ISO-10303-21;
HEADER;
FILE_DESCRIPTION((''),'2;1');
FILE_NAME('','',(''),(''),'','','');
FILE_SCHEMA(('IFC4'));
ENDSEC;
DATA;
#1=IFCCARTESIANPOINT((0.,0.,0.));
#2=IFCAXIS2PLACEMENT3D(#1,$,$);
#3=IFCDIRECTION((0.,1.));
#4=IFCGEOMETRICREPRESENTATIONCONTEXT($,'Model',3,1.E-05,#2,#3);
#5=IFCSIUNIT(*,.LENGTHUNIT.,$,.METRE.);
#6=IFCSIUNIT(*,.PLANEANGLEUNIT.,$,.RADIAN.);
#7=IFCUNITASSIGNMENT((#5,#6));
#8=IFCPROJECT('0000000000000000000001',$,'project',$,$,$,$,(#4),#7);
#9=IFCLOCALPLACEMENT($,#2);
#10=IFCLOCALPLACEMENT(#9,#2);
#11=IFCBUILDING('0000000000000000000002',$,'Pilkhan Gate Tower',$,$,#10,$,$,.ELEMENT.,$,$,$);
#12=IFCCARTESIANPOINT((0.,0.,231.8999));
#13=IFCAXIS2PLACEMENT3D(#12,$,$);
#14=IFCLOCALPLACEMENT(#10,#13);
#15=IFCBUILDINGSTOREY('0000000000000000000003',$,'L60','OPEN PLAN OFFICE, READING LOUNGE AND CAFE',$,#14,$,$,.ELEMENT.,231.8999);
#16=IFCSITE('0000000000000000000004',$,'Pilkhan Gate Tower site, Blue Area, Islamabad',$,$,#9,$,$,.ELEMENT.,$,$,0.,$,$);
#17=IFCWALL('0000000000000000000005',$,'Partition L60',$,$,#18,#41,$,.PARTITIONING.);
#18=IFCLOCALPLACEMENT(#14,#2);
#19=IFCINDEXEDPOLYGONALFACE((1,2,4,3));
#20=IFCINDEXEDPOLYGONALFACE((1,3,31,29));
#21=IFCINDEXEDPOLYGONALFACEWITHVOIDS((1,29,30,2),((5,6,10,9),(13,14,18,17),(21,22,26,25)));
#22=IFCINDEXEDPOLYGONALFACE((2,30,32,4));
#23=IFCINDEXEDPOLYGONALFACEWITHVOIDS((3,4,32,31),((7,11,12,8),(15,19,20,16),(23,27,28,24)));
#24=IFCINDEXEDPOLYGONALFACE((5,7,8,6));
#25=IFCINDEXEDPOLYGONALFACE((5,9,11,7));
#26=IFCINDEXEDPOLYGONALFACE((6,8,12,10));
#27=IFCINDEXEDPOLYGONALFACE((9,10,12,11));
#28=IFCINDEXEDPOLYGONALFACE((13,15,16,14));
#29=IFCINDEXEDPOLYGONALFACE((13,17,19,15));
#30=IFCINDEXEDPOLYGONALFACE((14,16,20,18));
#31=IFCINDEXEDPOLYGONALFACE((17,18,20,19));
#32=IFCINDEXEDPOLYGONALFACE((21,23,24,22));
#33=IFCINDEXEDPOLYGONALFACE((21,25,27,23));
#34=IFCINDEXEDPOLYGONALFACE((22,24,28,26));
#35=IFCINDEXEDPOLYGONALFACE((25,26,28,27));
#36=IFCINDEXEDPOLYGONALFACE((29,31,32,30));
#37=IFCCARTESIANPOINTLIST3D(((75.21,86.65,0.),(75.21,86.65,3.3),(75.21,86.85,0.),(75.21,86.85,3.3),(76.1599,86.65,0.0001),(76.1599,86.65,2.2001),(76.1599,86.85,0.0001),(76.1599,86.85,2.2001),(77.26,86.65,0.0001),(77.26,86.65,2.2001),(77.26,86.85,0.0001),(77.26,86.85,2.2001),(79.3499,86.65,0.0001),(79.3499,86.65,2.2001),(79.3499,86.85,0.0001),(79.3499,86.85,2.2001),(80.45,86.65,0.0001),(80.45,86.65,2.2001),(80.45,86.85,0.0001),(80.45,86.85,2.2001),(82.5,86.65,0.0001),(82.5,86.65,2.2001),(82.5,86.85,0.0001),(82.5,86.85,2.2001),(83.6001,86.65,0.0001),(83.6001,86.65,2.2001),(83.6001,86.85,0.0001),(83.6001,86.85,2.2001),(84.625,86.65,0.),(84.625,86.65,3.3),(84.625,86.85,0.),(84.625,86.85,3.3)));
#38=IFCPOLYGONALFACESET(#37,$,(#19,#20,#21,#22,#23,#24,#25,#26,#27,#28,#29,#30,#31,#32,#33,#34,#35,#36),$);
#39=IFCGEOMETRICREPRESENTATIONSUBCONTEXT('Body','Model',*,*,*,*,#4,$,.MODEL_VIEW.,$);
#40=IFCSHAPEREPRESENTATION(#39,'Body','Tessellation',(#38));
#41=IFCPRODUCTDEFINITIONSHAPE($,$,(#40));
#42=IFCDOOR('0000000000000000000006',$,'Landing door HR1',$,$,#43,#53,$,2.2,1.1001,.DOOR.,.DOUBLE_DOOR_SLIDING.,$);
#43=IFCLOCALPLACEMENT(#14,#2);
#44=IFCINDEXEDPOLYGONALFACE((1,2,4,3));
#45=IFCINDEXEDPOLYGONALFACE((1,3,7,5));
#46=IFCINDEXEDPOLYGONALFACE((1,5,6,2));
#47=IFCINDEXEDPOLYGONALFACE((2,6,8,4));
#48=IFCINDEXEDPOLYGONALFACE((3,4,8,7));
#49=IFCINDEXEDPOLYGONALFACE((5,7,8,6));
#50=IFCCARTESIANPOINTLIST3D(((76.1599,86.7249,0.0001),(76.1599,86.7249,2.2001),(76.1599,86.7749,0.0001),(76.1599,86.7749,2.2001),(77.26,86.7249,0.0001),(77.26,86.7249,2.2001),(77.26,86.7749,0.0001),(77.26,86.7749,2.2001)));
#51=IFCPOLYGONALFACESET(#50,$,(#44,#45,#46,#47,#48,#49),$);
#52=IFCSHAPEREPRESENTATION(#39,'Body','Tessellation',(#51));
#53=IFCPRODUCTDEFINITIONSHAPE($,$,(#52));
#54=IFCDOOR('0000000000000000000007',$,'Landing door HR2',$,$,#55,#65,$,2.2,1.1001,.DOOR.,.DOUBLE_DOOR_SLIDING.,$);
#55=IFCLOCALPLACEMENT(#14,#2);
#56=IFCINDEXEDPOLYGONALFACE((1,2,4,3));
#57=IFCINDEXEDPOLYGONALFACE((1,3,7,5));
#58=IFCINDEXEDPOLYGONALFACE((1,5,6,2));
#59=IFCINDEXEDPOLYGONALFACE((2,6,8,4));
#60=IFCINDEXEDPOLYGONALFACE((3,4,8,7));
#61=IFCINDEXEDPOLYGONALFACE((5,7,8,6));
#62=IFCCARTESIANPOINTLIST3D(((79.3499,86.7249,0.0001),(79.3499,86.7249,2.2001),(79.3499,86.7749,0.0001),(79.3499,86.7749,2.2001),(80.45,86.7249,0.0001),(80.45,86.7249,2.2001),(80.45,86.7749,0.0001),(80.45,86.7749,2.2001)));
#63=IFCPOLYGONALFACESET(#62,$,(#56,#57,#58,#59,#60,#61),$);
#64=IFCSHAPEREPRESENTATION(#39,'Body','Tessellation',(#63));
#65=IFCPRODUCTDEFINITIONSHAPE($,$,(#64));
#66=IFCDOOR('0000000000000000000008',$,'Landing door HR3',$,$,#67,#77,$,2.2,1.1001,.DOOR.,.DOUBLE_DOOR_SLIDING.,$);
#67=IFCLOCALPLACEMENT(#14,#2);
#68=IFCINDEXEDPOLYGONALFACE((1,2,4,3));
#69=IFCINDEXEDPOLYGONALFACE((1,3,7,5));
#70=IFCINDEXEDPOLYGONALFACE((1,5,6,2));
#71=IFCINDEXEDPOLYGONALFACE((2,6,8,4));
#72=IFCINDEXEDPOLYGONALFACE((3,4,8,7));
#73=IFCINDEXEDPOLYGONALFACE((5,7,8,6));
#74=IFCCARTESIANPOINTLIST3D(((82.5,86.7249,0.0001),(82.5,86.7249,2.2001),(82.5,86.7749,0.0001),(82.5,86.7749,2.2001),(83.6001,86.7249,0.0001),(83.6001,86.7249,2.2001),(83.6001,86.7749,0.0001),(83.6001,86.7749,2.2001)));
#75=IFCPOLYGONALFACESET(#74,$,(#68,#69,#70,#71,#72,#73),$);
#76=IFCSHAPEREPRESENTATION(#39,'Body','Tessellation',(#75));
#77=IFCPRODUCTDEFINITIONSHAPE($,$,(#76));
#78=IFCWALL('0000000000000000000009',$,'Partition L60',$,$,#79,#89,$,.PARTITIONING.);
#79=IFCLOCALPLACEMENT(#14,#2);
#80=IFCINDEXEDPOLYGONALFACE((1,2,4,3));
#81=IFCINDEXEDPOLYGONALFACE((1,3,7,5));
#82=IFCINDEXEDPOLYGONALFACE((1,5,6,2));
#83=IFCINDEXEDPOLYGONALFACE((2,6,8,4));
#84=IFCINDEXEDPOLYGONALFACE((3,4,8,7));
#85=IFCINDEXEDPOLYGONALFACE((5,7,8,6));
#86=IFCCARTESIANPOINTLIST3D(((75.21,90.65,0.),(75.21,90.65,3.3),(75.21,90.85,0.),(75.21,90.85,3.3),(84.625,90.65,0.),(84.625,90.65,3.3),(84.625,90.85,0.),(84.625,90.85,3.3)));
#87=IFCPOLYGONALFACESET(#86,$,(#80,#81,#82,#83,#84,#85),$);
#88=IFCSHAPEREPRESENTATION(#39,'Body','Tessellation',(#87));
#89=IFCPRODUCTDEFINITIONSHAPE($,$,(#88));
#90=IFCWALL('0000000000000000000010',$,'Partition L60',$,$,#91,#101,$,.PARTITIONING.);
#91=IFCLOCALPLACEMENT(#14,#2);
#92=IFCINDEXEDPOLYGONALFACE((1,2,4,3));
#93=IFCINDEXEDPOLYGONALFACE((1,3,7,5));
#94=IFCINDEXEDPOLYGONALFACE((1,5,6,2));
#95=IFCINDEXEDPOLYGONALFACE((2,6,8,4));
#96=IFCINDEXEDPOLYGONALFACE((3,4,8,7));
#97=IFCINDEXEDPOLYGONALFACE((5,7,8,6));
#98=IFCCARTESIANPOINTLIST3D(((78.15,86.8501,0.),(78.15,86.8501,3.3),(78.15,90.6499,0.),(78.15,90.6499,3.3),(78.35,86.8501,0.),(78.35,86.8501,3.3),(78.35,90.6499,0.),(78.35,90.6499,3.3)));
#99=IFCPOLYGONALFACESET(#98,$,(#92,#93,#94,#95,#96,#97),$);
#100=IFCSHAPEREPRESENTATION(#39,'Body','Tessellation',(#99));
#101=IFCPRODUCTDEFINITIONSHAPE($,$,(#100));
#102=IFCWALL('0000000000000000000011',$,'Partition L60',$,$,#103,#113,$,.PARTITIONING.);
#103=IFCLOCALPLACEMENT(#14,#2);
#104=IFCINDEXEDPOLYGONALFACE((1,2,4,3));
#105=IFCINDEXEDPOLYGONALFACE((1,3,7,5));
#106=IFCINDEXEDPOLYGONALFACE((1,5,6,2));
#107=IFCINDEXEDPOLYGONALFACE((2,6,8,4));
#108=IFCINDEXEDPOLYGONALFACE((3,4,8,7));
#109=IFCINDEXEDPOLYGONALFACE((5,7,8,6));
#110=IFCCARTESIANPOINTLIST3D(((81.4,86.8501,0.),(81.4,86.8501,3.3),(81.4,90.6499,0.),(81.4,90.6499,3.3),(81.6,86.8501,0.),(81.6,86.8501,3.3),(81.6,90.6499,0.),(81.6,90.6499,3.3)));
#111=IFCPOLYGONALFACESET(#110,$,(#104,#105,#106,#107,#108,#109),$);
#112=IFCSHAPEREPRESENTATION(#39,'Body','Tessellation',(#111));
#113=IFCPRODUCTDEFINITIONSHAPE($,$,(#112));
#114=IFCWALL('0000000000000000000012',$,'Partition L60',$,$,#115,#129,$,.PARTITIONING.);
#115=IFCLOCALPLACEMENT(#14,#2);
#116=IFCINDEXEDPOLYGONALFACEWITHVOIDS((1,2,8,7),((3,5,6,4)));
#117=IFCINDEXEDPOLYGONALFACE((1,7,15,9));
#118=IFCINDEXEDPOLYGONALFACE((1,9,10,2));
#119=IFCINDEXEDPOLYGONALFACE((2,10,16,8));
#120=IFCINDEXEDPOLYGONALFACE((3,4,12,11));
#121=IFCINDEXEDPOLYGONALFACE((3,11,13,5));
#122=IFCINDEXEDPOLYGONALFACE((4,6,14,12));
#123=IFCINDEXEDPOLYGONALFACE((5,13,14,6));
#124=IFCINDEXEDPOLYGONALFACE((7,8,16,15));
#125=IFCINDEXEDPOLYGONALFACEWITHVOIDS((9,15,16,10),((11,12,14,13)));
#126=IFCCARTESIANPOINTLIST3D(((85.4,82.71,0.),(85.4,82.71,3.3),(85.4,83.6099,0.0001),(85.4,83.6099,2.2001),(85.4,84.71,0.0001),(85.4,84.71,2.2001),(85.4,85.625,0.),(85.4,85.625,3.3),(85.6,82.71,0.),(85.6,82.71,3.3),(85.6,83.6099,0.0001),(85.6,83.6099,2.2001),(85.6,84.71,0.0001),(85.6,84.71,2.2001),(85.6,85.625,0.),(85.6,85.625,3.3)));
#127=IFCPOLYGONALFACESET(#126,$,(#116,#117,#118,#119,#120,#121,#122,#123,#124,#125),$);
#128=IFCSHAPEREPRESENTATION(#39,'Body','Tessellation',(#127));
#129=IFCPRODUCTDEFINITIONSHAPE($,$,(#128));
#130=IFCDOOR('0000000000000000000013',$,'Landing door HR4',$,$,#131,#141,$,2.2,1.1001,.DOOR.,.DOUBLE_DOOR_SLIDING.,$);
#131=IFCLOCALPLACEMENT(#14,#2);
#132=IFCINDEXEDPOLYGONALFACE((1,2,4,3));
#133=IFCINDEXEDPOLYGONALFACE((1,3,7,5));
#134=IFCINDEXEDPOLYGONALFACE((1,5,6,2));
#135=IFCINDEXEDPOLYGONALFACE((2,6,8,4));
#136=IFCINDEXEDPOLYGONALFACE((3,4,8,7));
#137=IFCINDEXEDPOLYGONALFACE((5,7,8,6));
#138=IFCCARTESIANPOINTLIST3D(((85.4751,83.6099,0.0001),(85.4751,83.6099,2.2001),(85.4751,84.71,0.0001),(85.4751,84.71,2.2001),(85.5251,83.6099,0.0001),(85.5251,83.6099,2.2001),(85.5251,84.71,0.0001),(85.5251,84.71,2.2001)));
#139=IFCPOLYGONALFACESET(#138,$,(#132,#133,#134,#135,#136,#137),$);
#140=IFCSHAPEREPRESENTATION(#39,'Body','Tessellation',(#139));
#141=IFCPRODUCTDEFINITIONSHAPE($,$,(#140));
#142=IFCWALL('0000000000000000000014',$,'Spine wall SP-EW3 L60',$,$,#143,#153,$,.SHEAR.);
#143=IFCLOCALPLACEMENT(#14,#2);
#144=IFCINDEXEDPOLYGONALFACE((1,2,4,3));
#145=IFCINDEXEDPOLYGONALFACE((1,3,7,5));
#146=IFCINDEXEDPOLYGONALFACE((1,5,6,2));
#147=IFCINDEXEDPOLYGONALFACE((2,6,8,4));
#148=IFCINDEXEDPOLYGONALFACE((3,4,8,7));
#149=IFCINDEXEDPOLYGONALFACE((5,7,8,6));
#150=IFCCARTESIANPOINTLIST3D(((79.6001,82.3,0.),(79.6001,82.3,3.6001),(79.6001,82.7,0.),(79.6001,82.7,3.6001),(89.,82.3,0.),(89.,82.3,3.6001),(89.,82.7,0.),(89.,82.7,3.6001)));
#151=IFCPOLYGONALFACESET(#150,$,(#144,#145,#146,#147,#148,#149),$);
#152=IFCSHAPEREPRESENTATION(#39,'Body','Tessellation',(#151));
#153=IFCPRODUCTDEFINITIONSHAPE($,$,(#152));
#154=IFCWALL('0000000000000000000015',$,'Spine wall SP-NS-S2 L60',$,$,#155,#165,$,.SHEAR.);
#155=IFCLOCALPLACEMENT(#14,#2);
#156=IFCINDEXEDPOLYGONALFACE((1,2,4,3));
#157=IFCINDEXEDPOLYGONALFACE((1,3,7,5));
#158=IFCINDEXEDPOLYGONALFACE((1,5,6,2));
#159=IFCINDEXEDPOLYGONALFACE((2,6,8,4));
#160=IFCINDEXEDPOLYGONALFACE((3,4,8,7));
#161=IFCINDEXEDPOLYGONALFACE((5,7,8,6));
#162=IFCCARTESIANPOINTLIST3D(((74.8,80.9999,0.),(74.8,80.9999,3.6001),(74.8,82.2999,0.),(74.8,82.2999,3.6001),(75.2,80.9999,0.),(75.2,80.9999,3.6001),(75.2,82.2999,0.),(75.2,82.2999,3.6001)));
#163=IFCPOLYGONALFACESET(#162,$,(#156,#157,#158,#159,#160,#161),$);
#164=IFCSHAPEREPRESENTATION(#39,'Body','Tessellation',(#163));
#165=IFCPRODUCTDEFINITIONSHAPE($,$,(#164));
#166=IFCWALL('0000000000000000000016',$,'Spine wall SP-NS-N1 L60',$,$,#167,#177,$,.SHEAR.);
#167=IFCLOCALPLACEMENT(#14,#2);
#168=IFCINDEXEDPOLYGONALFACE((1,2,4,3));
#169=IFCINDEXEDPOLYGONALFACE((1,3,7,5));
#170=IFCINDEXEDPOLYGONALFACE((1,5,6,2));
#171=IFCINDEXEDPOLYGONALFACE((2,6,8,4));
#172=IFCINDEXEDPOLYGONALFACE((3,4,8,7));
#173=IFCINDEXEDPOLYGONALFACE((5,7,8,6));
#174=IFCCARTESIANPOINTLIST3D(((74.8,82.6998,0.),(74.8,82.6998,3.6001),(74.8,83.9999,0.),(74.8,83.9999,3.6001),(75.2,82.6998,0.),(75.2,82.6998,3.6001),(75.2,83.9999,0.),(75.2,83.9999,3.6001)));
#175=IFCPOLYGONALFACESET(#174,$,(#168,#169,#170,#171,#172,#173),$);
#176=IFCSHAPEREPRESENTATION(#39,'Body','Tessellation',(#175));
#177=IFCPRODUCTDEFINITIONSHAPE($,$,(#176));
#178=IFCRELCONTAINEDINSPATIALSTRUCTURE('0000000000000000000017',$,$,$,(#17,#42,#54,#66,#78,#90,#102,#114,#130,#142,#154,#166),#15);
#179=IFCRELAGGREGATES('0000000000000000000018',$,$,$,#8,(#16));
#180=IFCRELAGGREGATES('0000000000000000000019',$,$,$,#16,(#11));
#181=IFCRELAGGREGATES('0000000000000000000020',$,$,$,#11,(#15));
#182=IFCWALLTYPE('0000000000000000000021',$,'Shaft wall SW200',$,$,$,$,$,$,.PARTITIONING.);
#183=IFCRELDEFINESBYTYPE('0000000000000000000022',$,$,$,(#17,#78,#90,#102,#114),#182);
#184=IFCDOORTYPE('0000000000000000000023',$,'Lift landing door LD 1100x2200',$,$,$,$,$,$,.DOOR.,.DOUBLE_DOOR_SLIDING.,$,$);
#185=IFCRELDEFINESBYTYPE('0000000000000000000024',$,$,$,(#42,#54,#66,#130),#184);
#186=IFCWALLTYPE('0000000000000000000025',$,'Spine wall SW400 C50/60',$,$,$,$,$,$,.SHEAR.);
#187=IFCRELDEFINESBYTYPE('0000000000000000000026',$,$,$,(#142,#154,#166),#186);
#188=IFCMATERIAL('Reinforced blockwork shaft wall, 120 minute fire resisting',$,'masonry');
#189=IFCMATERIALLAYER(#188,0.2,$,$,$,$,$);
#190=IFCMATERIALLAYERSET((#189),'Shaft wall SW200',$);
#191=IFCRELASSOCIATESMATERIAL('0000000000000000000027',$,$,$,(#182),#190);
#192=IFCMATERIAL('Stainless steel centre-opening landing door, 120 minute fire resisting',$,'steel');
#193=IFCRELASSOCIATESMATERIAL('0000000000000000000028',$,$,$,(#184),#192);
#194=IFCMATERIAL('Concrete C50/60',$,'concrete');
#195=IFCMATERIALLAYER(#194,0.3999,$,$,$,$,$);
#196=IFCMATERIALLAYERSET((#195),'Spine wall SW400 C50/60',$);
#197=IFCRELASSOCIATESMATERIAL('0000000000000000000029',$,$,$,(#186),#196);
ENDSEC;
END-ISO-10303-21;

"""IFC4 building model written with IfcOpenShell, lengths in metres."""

from ifc_helpers import new_model, si_unit, direction, frame, frame_2d, origin, place, context, subcontext, project, spatial, rectangle, extrude, material, layer, layer_set, type_object, element, fill, save


model = new_model("IFC4")

# Units and contexts
model_context = context("Model", 3, precision=1e-05, world=origin(), true_north=direction((0.0, 1.0)))
body_context = subcontext(model_context, "Body", "Model", "MODEL_VIEW")
ifc_project = project(units=[si_unit("LENGTHUNIT", "METRE"), si_unit("PLANEANGLEUNIT", "RADIAN")], contexts=[model_context])

# Site, building, storey
site_placement = place(None, origin())
site = spatial("IfcSite", under=ifc_project, at=site_placement, Name="Pilkhan Gate Tower site, Blue Area, Islamabad", CompositionType="ELEMENT", RefElevation=0.0)
building_placement = place(site_placement, origin())
building = spatial("IfcBuilding", under=site, at=building_placement, Name="Pilkhan Gate Tower", CompositionType="ELEMENT")
storey_placement = place(building_placement, frame((0.0, 0.0, 231.8999)))
storey = spatial("IfcBuildingStorey", under=building, at=storey_placement, Name="L60", Description="OPEN PLAN OFFICE, READING LOUNGE AND CAFE", CompositionType="ELEMENT", Elevation=231.8999)

# Shared definitions
ifc_material_1 = material(Name="Concrete C50/60", Category="concrete")

# Wall, openings, doors
ifc_material_2 = material(Name="Reinforced blockwork shaft wall, 120 minute fire resisting", Category="masonry")
ifc_layer_1 = layer(ifc_material_2, 0.2)
ifc_layer_set_1 = layer_set([ifc_layer_1], Name="Shaft wall SW200")
wall_type_1 = type_object("IfcWallType", Name="Shaft wall SW200", PredefinedType="PARTITIONING", material=ifc_layer_set_1)
wall_1_placement = place(storey_placement, frame((75.21, 86.75, 0.0), z_axis=(0.0, 0.0, 1.0), x_axis=(1.0, 0.0, 0.0)))
wall_1 = element("IfcWall", 1, at=wall_1_placement, inside=storey, type_object=wall_type_1, Name="Partition L60", PredefinedType="PARTITIONING", context=body_context, shape_type="SweptSolid", body=[
    extrude(rectangle(XDim=9.415, YDim=0.2, at=frame_2d((4.7075, 0.0))), origin(), (0.0, 0.0, 1.0), 3.3),
])
opening_1_placement = place(wall_1_placement, frame((0.95, 0.0, 0.0)))
opening_1 = element("IfcOpeningElement", 2, at=opening_1_placement, cuts=wall_1, PredefinedType="OPENING", context=body_context, shape_type="SweptSolid", body=[
    extrude(rectangle(XDim=1.1001, YDim=2.2, at=frame_2d((0.55, 1.1001))), frame((0.0, 0.1099, 0.0), z_axis=(0.0, -1.0, 0.0), x_axis=(1.0, 0.0, 0.0)), (0.0, 0.0, 1.0), 0.22),
])
opening_2_placement = place(wall_1_placement, frame((4.1399, 0.0, 0.0)))
opening_2 = element("IfcOpeningElement", 3, at=opening_2_placement, cuts=wall_1, PredefinedType="OPENING", context=body_context, shape_type="SweptSolid", body=[
    extrude(rectangle(XDim=1.1001, YDim=2.2, at=frame_2d((0.55, 1.1001))), frame((0.0, 0.1099, 0.0), z_axis=(0.0, -1.0, 0.0), x_axis=(1.0, 0.0, 0.0)), (0.0, 0.0, 1.0), 0.22),
])
opening_3_placement = place(wall_1_placement, frame((7.29, 0.0, 0.0)))
opening_3 = element("IfcOpeningElement", 4, at=opening_3_placement, cuts=wall_1, PredefinedType="OPENING", context=body_context, shape_type="SweptSolid", body=[
    extrude(rectangle(XDim=1.1001, YDim=2.2, at=frame_2d((0.55, 1.1001))), frame((0.0, 0.1099, 0.0), z_axis=(0.0, -1.0, 0.0), x_axis=(1.0, 0.0, 0.0)), (0.0, 0.0, 1.0), 0.22),
])
ifc_material_3 = material(Name="Stainless steel centre-opening landing door, 120 minute fire resisting", Category="steel")
door_type_1 = type_object("IfcDoorType", Name="Lift landing door LD 1100x2200", OperationType="DOUBLE_DOOR_SLIDING", PredefinedType="DOOR", material=ifc_material_3)
door_1_placement = place(opening_1_placement, origin())
door_1 = element("IfcDoor", 5, at=door_1_placement, inside=storey, type_object=door_type_1, Name="Landing door HR1", OperationType="DOUBLE_DOOR_SLIDING", OverallHeight=2.2, OverallWidth=1.1001, PredefinedType="DOOR", context=body_context, shape_type="SweptSolid", body=[
    extrude(rectangle(XDim=1.1001, YDim=2.2, at=frame_2d((0.55, 1.1001))), frame((0.0, 0.0249, 0.0), z_axis=(0.0, -1.0, 0.0), x_axis=(1.0, 0.0, 0.0)), (0.0, 0.0, 1.0), 0.05),
])
fill(opening_1, door_1)
door_2_placement = place(opening_2_placement, origin())
door_2 = element("IfcDoor", 6, at=door_2_placement, inside=storey, type_object=door_type_1, Name="Landing door HR2", OperationType="DOUBLE_DOOR_SLIDING", OverallHeight=2.2, OverallWidth=1.1001, PredefinedType="DOOR", context=body_context, shape_type="SweptSolid", body=[
    extrude(rectangle(XDim=1.1001, YDim=2.2, at=frame_2d((0.55, 1.1001))), frame((0.0, 0.0249, 0.0), z_axis=(0.0, -1.0, 0.0), x_axis=(1.0, 0.0, 0.0)), (0.0, 0.0, 1.0), 0.05),
])
fill(opening_2, door_2)
door_3_placement = place(opening_3_placement, origin())
door_3 = element("IfcDoor", 7, at=door_3_placement, inside=storey, type_object=door_type_1, Name="Landing door HR3", OperationType="DOUBLE_DOOR_SLIDING", OverallHeight=2.2, OverallWidth=1.1001, PredefinedType="DOOR", context=body_context, shape_type="SweptSolid", body=[
    extrude(rectangle(XDim=1.1001, YDim=2.2, at=frame_2d((0.55, 1.1001))), frame((0.0, 0.0249, 0.0), z_axis=(0.0, -1.0, 0.0), x_axis=(1.0, 0.0, 0.0)), (0.0, 0.0, 1.0), 0.05),
])
fill(opening_3, door_3)

# Walls
wall_2_placement = place(storey_placement, frame((75.21, 90.75, 0.0), z_axis=(0.0, 0.0, 1.0), x_axis=(1.0, 0.0, 0.0)))
element("IfcWall", 8, at=wall_2_placement, inside=storey, type_object=wall_type_1, Name="Partition L60", PredefinedType="PARTITIONING", context=body_context, shape_type="SweptSolid", body=[
    extrude(rectangle(XDim=9.415, YDim=0.2, at=frame_2d((4.7075, 0.0))), origin(), (0.0, 0.0, 1.0), 3.3),
])
for number, where, z_axis, x_axis, name in (
    (9, (78.25, 86.8501, 0.0), (0.0, 0.0, 1.0), (0.0, 1.0, 0.0), "Partition L60"),
    (10, (81.5, 86.8501, 0.0), (0.0, 0.0, 1.0), (0.0, 1.0, 0.0), "Partition L60"),
):
    element("IfcWall", number, at=place(storey_placement, frame(where, z_axis=z_axis, x_axis=x_axis)), inside=storey, type_object=wall_type_1, Name=name, PredefinedType="PARTITIONING", context=body_context, shape_type="SweptSolid", body=[
        extrude(rectangle(XDim=3.7998, YDim=0.2, at=frame_2d((1.8999, 0.0))), origin(), (0.0, 0.0, 1.0), 3.3),
    ])

# Wall, opening, door
wall_3_placement = place(storey_placement, frame((85.5, 82.71, 0.0), z_axis=(0.0, 0.0, 1.0), x_axis=(0.0, 1.0, 0.0)))
wall_3 = element("IfcWall", 11, at=wall_3_placement, inside=storey, type_object=wall_type_1, Name="Partition L60", PredefinedType="PARTITIONING", context=body_context, shape_type="SweptSolid", body=[
    extrude(rectangle(XDim=2.915, YDim=0.2, at=frame_2d((1.4575, 0.0))), origin(), (0.0, 0.0, 1.0), 3.3),
])
opening_4_placement = place(wall_3_placement, frame((0.8999, 0.0, 0.0)))
opening_4 = element("IfcOpeningElement", 12, at=opening_4_placement, cuts=wall_3, PredefinedType="OPENING", context=body_context, shape_type="SweptSolid", body=[
    extrude(rectangle(XDim=1.1001, YDim=2.2, at=frame_2d((0.55, 1.1001))), frame((0.0, 0.1099, 0.0), z_axis=(0.0, -1.0, 0.0), x_axis=(1.0, 0.0, 0.0)), (0.0, 0.0, 1.0), 0.22),
])
door_4_placement = place(opening_4_placement, origin())
door_4 = element("IfcDoor", 13, at=door_4_placement, inside=storey, type_object=door_type_1, Name="Landing door HR4", OperationType="DOUBLE_DOOR_SLIDING", OverallHeight=2.2, OverallWidth=1.1001, PredefinedType="DOOR", context=body_context, shape_type="SweptSolid", body=[
    extrude(rectangle(XDim=1.1001, YDim=2.2, at=frame_2d((0.55, 1.1001))), frame((0.0, 0.0249, 0.0), z_axis=(0.0, -1.0, 0.0), x_axis=(1.0, 0.0, 0.0)), (0.0, 0.0, 1.0), 0.05),
])
fill(opening_4, door_4)

# Walls
ifc_layer_2 = layer(ifc_material_1, 0.3999)
ifc_layer_set_2 = layer_set([ifc_layer_2], Name="Spine wall SW400 C50/60")
wall_type_2 = type_object("IfcWallType", Name="Spine wall SW400 C50/60", PredefinedType="SHEAR", material=ifc_layer_set_2)
wall_4_placement = place(storey_placement, frame((79.6001, 82.5, 0.0), z_axis=(0.0, 0.0, 1.0), x_axis=(1.0, 0.0, 0.0)))
element("IfcWall", 14, at=wall_4_placement, inside=storey, type_object=wall_type_2, Name="Spine wall SP-EW3 L60", PredefinedType="SHEAR", context=body_context, shape_type="SweptSolid", body=[
    extrude(rectangle(XDim=9.3999, YDim=0.3999, at=frame_2d((4.7, 0.0))), origin(), (0.0, 0.0, 1.0), 3.6001),
])
for number, where, z_axis, x_axis, name in (
    (15, (75.0, 81.0, 0.0), (0.0, 0.0, 1.0), (0.0, 1.0, 0.0), "Spine wall SP-NS-S2 L60"),
    (16, (75.0, 82.7, 0.0), (0.0, 0.0, 1.0), (0.0, 1.0, 0.0), "Spine wall SP-NS-N1 L60"),
):
    element("IfcWall", number, at=place(storey_placement, frame(where, z_axis=z_axis, x_axis=x_axis)), inside=storey, type_object=wall_type_2, Name=name, PredefinedType="SHEAR", context=body_context, shape_type="SweptSolid", body=[
        extrude(rectangle(XDim=1.3, YDim=0.3999, at=frame_2d((0.6499, 0.0))), origin(), (0.0, 0.0, 1.0), 3.6001),
    ])

save(model, "model.ifc")
